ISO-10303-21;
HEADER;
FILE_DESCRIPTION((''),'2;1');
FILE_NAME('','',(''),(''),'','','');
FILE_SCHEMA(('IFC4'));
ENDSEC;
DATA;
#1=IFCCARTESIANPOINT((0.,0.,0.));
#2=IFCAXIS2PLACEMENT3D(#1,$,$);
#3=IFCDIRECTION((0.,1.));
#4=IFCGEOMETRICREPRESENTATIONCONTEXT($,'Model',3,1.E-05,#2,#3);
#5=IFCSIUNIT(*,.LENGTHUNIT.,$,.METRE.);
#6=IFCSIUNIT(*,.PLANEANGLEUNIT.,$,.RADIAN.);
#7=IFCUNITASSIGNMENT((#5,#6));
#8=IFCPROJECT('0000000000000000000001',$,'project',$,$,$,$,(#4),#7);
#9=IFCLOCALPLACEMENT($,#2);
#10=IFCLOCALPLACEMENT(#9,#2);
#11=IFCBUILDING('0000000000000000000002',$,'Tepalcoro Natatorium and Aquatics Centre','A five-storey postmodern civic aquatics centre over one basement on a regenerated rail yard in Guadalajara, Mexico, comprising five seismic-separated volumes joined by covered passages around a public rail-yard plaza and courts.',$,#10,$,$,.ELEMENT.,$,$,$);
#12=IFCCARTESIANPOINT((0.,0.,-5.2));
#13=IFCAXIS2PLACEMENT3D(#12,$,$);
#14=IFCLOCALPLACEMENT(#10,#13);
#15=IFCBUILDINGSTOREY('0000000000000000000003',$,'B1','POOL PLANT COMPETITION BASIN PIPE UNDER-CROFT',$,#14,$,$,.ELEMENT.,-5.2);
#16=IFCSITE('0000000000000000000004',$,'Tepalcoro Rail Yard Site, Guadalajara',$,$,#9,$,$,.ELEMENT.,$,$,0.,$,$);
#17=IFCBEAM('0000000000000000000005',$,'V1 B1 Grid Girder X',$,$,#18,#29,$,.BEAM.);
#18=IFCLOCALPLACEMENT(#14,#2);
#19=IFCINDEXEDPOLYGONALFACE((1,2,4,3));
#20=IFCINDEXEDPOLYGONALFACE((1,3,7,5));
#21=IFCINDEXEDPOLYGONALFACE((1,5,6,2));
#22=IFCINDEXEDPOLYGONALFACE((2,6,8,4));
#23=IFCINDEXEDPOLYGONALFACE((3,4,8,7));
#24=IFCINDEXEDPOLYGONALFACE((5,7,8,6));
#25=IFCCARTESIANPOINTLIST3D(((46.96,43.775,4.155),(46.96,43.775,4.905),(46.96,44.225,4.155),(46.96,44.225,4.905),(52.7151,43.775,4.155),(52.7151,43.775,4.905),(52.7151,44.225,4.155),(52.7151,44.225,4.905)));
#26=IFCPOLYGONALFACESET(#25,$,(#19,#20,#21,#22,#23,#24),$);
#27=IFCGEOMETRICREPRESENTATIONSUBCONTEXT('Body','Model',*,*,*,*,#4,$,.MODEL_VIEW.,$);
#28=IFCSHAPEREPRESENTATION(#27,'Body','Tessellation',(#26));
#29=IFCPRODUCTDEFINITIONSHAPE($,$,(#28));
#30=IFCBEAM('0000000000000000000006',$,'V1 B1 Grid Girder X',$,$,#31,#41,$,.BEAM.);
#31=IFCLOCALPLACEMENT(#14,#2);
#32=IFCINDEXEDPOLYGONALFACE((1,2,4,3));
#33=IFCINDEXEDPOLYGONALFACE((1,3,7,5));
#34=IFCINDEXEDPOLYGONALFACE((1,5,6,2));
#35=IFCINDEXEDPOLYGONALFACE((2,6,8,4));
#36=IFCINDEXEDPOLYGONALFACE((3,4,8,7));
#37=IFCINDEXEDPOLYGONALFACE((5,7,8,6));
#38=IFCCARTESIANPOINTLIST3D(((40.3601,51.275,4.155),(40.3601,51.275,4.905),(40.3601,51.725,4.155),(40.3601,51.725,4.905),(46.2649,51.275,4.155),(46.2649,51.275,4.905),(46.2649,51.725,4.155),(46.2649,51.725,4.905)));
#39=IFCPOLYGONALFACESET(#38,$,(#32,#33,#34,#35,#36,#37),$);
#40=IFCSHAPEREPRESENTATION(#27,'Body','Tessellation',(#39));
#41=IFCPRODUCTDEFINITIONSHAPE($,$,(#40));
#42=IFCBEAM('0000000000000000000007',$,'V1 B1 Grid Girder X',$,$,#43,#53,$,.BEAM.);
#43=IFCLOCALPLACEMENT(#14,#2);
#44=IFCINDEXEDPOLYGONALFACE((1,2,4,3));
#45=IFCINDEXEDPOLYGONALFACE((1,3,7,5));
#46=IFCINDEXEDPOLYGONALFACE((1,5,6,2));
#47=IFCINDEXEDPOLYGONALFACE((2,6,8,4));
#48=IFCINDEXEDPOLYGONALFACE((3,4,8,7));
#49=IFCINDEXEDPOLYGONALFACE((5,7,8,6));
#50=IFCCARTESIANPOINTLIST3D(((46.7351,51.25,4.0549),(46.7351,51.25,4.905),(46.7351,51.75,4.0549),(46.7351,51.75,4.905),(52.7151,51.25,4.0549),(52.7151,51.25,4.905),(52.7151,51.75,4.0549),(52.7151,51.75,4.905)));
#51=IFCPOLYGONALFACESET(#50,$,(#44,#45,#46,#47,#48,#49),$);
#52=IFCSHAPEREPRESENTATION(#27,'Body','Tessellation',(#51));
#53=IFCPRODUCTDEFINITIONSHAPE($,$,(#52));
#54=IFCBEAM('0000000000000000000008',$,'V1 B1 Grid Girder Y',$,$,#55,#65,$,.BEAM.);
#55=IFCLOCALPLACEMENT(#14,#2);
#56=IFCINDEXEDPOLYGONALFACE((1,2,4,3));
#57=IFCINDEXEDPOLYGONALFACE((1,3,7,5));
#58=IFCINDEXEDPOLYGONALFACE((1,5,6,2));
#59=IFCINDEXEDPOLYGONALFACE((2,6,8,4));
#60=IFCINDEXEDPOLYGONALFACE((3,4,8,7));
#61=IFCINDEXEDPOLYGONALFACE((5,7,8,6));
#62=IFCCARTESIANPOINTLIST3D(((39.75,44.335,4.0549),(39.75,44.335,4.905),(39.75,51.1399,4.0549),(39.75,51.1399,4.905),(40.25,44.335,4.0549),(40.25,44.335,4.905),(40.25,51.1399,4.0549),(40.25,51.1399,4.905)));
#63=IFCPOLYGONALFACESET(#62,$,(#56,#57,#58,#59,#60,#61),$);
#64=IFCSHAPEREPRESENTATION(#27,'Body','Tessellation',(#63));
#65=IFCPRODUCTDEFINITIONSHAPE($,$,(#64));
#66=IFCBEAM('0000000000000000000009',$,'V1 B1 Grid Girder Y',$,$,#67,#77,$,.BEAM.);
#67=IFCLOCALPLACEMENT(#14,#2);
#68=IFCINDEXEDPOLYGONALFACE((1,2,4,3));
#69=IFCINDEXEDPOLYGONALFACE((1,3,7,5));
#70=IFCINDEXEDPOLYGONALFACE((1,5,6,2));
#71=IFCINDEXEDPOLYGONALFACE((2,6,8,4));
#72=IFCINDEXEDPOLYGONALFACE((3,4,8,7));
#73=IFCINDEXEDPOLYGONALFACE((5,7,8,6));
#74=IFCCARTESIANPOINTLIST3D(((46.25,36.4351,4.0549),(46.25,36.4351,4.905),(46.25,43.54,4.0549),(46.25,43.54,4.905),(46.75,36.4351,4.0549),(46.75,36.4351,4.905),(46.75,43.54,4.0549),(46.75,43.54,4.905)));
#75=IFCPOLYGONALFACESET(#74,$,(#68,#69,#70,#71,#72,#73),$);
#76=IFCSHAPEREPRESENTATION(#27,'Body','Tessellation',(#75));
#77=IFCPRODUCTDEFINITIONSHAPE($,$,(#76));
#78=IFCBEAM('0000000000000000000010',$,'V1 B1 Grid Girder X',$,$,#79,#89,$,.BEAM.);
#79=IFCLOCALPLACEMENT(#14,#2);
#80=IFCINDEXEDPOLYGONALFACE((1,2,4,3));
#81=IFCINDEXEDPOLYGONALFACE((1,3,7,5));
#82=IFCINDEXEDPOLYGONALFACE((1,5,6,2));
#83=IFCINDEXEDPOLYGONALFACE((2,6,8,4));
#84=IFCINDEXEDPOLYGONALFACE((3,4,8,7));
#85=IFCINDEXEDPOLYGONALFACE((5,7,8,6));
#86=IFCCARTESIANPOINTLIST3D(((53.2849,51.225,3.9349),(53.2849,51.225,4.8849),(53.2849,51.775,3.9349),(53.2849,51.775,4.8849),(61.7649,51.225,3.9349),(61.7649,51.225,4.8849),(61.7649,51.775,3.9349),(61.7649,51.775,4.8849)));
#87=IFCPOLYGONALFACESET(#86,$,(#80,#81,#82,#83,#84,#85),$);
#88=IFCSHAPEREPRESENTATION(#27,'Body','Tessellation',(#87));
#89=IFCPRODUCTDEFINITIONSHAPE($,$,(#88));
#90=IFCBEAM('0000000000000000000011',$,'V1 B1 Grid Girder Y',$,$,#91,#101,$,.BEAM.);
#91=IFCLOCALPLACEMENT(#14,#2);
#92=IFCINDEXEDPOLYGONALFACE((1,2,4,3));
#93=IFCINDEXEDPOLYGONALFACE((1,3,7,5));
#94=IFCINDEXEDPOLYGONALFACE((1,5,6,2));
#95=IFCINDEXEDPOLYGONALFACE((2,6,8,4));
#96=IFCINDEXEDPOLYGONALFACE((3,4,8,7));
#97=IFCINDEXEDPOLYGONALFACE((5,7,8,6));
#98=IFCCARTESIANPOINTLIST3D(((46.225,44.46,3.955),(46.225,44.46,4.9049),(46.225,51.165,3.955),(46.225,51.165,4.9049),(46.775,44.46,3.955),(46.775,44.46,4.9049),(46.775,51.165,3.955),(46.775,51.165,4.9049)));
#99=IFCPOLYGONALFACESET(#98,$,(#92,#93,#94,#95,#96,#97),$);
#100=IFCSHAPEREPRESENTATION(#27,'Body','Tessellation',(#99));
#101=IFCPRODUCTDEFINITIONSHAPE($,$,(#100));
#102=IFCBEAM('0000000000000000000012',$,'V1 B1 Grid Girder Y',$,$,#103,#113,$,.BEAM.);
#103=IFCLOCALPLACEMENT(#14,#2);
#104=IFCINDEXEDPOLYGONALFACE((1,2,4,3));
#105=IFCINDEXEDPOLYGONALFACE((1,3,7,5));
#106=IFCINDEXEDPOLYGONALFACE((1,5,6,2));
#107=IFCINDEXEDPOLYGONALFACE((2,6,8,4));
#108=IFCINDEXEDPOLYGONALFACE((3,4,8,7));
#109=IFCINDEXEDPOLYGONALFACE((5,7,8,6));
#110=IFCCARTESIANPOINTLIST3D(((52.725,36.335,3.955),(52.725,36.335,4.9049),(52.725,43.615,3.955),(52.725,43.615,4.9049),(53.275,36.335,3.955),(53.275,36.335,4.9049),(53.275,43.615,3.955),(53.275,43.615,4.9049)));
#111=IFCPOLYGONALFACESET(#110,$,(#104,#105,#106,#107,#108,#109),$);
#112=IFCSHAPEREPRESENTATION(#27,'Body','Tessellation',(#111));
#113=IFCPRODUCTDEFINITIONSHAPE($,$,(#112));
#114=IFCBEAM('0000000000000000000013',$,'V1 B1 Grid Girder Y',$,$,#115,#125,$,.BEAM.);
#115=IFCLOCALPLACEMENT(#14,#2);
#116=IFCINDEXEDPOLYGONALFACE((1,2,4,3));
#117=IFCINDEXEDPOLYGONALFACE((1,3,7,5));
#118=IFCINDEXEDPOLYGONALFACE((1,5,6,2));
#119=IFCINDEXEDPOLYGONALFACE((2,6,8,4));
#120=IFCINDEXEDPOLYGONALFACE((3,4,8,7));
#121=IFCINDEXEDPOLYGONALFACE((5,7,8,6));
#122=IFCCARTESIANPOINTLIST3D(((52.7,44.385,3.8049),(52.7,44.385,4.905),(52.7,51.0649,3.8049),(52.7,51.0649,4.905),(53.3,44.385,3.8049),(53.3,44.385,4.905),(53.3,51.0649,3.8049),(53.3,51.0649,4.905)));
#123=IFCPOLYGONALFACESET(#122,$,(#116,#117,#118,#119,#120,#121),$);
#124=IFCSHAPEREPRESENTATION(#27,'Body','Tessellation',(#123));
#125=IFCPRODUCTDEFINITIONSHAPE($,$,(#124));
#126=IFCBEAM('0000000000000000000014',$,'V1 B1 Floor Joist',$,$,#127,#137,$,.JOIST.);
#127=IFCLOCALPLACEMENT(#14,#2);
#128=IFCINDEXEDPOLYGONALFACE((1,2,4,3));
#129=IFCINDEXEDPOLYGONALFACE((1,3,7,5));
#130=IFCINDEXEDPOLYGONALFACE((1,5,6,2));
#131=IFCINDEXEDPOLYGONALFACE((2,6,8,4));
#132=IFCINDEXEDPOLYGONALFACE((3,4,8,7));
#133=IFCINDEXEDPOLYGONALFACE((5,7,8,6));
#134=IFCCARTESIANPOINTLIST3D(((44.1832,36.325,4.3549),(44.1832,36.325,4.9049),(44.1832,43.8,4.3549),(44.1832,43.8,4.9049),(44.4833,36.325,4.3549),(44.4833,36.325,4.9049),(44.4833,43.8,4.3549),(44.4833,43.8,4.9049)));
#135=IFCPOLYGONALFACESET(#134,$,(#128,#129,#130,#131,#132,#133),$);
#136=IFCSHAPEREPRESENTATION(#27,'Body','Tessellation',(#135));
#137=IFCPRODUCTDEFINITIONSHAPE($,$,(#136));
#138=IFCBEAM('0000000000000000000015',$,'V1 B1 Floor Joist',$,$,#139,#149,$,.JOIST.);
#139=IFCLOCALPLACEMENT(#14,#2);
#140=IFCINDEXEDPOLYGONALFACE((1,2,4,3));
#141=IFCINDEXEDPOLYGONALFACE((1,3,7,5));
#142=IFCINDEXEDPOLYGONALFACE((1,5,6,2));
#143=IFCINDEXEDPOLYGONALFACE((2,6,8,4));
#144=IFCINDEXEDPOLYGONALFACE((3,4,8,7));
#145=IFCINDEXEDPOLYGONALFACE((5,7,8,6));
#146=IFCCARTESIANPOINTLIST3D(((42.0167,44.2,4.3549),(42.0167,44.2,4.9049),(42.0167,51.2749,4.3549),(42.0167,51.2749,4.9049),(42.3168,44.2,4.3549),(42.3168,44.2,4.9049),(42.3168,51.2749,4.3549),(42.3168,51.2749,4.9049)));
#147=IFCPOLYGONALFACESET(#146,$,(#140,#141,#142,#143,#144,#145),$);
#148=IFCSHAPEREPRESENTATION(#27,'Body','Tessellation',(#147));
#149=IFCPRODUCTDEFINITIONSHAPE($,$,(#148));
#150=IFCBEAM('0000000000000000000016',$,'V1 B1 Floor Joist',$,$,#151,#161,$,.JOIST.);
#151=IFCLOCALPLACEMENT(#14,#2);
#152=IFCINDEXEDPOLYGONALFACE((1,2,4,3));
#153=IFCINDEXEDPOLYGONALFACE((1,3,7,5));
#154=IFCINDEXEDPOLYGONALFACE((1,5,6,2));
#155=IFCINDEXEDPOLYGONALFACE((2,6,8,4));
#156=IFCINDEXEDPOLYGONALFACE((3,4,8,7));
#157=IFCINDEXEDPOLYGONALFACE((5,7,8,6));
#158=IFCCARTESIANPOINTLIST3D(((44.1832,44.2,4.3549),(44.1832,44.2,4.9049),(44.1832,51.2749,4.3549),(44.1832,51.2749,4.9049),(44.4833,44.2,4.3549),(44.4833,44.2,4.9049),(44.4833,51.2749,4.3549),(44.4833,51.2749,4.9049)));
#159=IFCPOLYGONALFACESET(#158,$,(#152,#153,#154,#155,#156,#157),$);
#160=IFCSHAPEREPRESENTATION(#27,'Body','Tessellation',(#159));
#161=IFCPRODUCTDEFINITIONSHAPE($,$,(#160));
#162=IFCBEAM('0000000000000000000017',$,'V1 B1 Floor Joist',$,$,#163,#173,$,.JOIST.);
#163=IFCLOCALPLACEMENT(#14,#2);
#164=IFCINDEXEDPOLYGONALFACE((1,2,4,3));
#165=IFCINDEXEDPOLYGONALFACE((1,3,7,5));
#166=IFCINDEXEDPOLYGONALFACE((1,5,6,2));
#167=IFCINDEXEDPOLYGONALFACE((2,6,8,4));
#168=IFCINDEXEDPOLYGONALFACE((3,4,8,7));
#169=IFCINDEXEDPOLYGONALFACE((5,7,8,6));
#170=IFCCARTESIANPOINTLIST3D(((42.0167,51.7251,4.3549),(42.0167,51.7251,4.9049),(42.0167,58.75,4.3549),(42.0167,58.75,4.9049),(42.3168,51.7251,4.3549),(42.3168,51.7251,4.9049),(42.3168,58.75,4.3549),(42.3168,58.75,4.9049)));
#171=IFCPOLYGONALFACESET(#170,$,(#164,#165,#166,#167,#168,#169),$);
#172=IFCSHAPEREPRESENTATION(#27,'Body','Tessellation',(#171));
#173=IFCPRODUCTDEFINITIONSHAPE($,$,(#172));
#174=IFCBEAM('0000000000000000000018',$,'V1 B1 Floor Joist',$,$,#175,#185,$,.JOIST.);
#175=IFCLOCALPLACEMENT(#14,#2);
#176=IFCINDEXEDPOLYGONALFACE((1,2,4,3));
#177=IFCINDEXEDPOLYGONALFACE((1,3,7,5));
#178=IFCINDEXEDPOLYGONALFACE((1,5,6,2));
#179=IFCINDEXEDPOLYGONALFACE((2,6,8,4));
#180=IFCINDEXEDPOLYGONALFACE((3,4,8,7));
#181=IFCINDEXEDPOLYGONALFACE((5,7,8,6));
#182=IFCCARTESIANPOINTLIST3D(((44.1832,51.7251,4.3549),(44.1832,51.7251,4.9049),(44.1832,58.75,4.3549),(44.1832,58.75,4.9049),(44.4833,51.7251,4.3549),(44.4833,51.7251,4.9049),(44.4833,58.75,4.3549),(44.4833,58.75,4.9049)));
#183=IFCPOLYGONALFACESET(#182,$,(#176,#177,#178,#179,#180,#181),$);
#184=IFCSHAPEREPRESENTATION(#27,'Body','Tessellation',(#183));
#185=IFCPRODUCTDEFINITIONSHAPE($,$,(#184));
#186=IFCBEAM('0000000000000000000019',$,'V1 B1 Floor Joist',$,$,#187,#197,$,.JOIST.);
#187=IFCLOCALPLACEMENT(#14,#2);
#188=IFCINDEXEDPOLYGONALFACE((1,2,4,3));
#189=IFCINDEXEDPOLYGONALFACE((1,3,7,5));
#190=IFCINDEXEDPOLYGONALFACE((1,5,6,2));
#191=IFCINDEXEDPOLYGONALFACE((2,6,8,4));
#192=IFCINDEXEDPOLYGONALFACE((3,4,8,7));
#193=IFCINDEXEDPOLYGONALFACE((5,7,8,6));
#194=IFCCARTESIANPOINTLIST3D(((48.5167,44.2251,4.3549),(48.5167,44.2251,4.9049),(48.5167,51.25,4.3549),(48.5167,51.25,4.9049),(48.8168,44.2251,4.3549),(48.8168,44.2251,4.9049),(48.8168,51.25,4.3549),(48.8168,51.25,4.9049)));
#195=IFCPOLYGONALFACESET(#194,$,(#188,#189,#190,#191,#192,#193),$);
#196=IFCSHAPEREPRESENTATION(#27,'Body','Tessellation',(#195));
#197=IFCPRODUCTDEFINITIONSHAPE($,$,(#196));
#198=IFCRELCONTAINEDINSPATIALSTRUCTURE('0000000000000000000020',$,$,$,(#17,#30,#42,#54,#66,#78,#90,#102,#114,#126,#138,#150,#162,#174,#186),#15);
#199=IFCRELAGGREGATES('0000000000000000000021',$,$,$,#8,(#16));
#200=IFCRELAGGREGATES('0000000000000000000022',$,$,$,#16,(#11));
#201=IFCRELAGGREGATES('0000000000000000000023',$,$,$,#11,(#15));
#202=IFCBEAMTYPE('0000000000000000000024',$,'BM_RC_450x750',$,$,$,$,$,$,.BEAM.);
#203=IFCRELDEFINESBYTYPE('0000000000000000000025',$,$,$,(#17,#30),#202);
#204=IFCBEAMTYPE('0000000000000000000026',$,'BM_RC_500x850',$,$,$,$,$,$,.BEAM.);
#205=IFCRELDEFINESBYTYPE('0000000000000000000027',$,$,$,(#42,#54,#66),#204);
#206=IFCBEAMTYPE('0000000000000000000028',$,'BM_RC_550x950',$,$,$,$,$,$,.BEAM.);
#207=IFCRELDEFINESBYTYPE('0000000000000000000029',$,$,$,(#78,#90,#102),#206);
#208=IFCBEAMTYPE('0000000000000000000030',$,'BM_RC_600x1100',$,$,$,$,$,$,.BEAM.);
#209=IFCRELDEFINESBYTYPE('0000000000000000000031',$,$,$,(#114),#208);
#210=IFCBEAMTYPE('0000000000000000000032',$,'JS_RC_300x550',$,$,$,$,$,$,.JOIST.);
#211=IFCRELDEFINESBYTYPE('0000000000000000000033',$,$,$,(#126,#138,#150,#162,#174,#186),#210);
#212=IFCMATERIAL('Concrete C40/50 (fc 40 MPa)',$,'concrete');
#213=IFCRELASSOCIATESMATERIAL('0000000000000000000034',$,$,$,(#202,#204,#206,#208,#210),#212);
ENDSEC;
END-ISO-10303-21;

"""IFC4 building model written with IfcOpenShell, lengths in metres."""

from ifc_helpers import new_model, si_unit, direction, frame, origin, origin_2d, place, context, subcontext, project, spatial, rectangle, extrude, material, material_profile, profile_set, type_object, element, save


model = new_model("IFC4")

# Units and contexts
model_context = context("Model", 3, precision=1e-05, world=origin(), true_north=direction((0.0, 1.0)))
body_context = subcontext(model_context, "Body", "Model", "MODEL_VIEW")
ifc_project = project(units=[si_unit("LENGTHUNIT", "METRE"), si_unit("PLANEANGLEUNIT", "RADIAN")], contexts=[model_context])

# Site, building, storey
site_placement = place(None, origin())
site = spatial("IfcSite", under=ifc_project, at=site_placement, Name="Tepalcoro Rail Yard Site, Guadalajara", CompositionType="ELEMENT", RefElevation=0.0)
building_placement = place(site_placement, origin())
building = spatial("IfcBuilding", under=site, at=building_placement, Name="Tepalcoro Natatorium and Aquatics Centre", Description="A five-storey postmodern civic aquatics centre over one basement on a regenerated rail yard in Guadalajara, Mexico, comprising five seismic-separated volumes joined by covered passages around a public rail-yard plaza and courts.", CompositionType="ELEMENT")
storey_placement = place(building_placement, frame((0.0, 0.0, -5.2)))
storey = spatial("IfcBuildingStorey", under=building, at=storey_placement, Name="B1", Description="POOL PLANT COMPETITION BASIN PIPE UNDER-CROFT", CompositionType="ELEMENT", Elevation=-5.2)

# Shared definitions
ifc_material = material(Name="Concrete C40/50 (fc 40 MPa)", Category="concrete")

# Beams
ifc_material_profile_1 = material_profile(ifc_material, rectangle(XDim=0.45, YDim=0.75, at=origin_2d()), Name="RCB450x750")
ifc_profile_set_1 = profile_set([ifc_material_profile_1], Name="Concrete C40/50 (fc 40 MPa)")
beam_type_1 = type_object("IfcBeamType", Name="BM_RC_450x750", PredefinedType="BEAM", material=ifc_profile_set_1)
beam_1_placement = place(storey_placement, frame((46.96, 44.0, 4.53), z_axis=(1.0, 0.0, 0.0), x_axis=(0.0, 1.0, 0.0)))
element("IfcBeam", 1, at=beam_1_placement, inside=storey, type_object=beam_type_1, Name="V1 B1 Grid Girder X", PredefinedType="BEAM", context=body_context, shape_type="SweptSolid", body=[
    extrude(rectangle(XDim=0.45, YDim=0.75, at=origin_2d()), origin(), (0.0, 0.0, 1.0), 5.7551),
])
beam_2_placement = place(storey_placement, frame((40.3601, 51.5, 4.53), z_axis=(1.0, 0.0, 0.0), x_axis=(0.0, 1.0, 0.0)))
element("IfcBeam", 2, at=beam_2_placement, inside=storey, type_object=beam_type_1, Name="V1 B1 Grid Girder X", PredefinedType="BEAM", context=body_context, shape_type="SweptSolid", body=[
    extrude(rectangle(XDim=0.45, YDim=0.75, at=origin_2d()), origin(), (0.0, 0.0, 1.0), 5.9048),
])
ifc_material_profile_2 = material_profile(ifc_material, rectangle(XDim=0.5, YDim=0.8501, at=origin_2d()), Name="RCB500x850")
ifc_profile_set_2 = profile_set([ifc_material_profile_2], Name="Concrete C40/50 (fc 40 MPa)")
beam_type_2 = type_object("IfcBeamType", Name="BM_RC_500x850", PredefinedType="BEAM", material=ifc_profile_set_2)
beam_3_placement = place(storey_placement, frame((46.7351, 51.5, 4.48), z_axis=(1.0, 0.0, 0.0), x_axis=(0.0, 1.0, 0.0)))
element("IfcBeam", 3, at=beam_3_placement, inside=storey, type_object=beam_type_2, Name="V1 B1 Grid Girder X", PredefinedType="BEAM", context=body_context, shape_type="SweptSolid", body=[
    extrude(rectangle(XDim=0.5, YDim=0.8501, at=origin_2d()), origin(), (0.0, 0.0, 1.0), 5.98),
])
beam_4_placement = place(storey_placement, frame((40.0, 44.335, 4.48), z_axis=(0.0, 1.0, 0.0), x_axis=(-1.0, 0.0, 0.0)))
element("IfcBeam", 4, at=beam_4_placement, inside=storey, type_object=beam_type_2, Name="V1 B1 Grid Girder Y", PredefinedType="BEAM", context=body_context, shape_type="SweptSolid", body=[
    extrude(rectangle(XDim=0.5, YDim=0.8501, at=origin_2d()), origin(), (0.0, 0.0, 1.0), 6.8049),
])
beam_5_placement = place(storey_placement, frame((46.5, 36.4351, 4.48), z_axis=(0.0, 1.0, 0.0), x_axis=(-1.0, 0.0, 0.0)))
element("IfcBeam", 5, at=beam_5_placement, inside=storey, type_object=beam_type_2, Name="V1 B1 Grid Girder Y", PredefinedType="BEAM", context=body_context, shape_type="SweptSolid", body=[
    extrude(rectangle(XDim=0.5, YDim=0.8501, at=origin_2d()), origin(), (0.0, 0.0, 1.0), 7.105),
])
ifc_material_profile_3 = material_profile(ifc_material, rectangle(XDim=0.55, YDim=0.95, at=origin_2d()), Name="RCB550x950")
ifc_profile_set_3 = profile_set([ifc_material_profile_3], Name="Concrete C40/50 (fc 40 MPa)")
beam_type_3 = type_object("IfcBeamType", Name="BM_RC_550x950", PredefinedType="BEAM", material=ifc_profile_set_3)
beam_6_placement = place(storey_placement, frame((53.2849, 51.5, 4.4099), z_axis=(1.0, 0.0, 0.0), x_axis=(0.0, 1.0, 0.0)))
element("IfcBeam", 6, at=beam_6_placement, inside=storey, type_object=beam_type_3, Name="V1 B1 Grid Girder X", PredefinedType="BEAM", context=body_context, shape_type="SweptSolid", body=[
    extrude(rectangle(XDim=0.55, YDim=0.95, at=origin_2d()), origin(), (0.0, 0.0, 1.0), 8.48),
])
beam_7_placement = place(storey_placement, frame((46.5, 44.46, 4.4299), z_axis=(0.0, 1.0, 0.0), x_axis=(-1.0, 0.0, 0.0)))
element("IfcBeam", 7, at=beam_7_placement, inside=storey, type_object=beam_type_3, Name="V1 B1 Grid Girder Y", PredefinedType="BEAM", context=body_context, shape_type="SweptSolid", body=[
    extrude(rectangle(XDim=0.55, YDim=0.95, at=origin_2d()), origin(), (0.0, 0.0, 1.0), 6.7051),
])
beam_8_placement = place(storey_placement, frame((53.0, 36.335, 4.4299), z_axis=(0.0, 1.0, 0.0), x_axis=(-1.0, 0.0, 0.0)))
element("IfcBeam", 8, at=beam_8_placement, inside=storey, type_object=beam_type_3, Name="V1 B1 Grid Girder Y", PredefinedType="BEAM", context=body_context, shape_type="SweptSolid", body=[
    extrude(rectangle(XDim=0.55, YDim=0.95, at=origin_2d()), origin(), (0.0, 0.0, 1.0), 7.28),
])
ifc_material_profile_4 = material_profile(ifc_material, rectangle(XDim=0.6001, YDim=1.1001, at=origin_2d()), Name="RCB600x1100")
ifc_profile_set_4 = profile_set([ifc_material_profile_4], Name="Concrete C40/50 (fc 40 MPa)")
beam_type_4 = type_object("IfcBeamType", Name="BM_RC_600x1100", PredefinedType="BEAM", material=ifc_profile_set_4)
beam_9_placement = place(storey_placement, frame((53.0, 44.385, 4.355), z_axis=(0.0, 1.0, 0.0), x_axis=(-1.0, 0.0, 0.0)))
element("IfcBeam", 9, at=beam_9_placement, inside=storey, type_object=beam_type_4, Name="V1 B1 Grid Girder Y", PredefinedType="BEAM", context=body_context, shape_type="SweptSolid", body=[
    extrude(rectangle(XDim=0.6001, YDim=1.1001, at=origin_2d()), origin(), (0.0, 0.0, 1.0), 6.6799),
])
ifc_material_profile_5 = material_profile(ifc_material, rectangle(XDim=0.3, YDim=0.55, at=origin_2d()), Name="RCJ300x550")
ifc_profile_set_5 = profile_set([ifc_material_profile_5], Name="Concrete C40/50 (fc 40 MPa)")
beam_type_5 = type_object("IfcBeamType", Name="JS_RC_300x550", PredefinedType="JOIST", material=ifc_profile_set_5)
beam_10_placement = place(storey_placement, frame((44.3333, 36.325, 4.6299), z_axis=(0.0, 1.0, 0.0), x_axis=(-1.0, 0.0, 0.0)))
element("IfcBeam", 10, at=beam_10_placement, inside=storey, type_object=beam_type_5, Name="V1 B1 Floor Joist", PredefinedType="JOIST", context=body_context, shape_type="SweptSolid", body=[
    extrude(rectangle(XDim=0.3, YDim=0.55, at=origin_2d()), origin(), (0.0, 0.0, 1.0), 7.4751),
])
for number, where, z_axis, x_axis, name in (
    (11, (42.1667, 44.2, 4.6299), (0.0, 1.0, 0.0), (-1.0, 0.0, 0.0), "V1 B1 Floor Joist"),
    (12, (44.3333, 44.2, 4.6299), (0.0, 1.0, 0.0), (-1.0, 0.0, 0.0), "V1 B1 Floor Joist"),
):
    element("IfcBeam", number, at=place(storey_placement, frame(where, z_axis=z_axis, x_axis=x_axis)), inside=storey, type_object=beam_type_5, Name=name, PredefinedType="JOIST", context=body_context, shape_type="SweptSolid", body=[
        extrude(rectangle(XDim=0.3, YDim=0.55, at=origin_2d()), origin(), (0.0, 0.0, 1.0), 7.075),
    ])
for number, where, z_axis, x_axis, name in (
    (13, (42.1667, 51.7251, 4.6299), (0.0, 1.0, 0.0), (-1.0, 0.0, 0.0), "V1 B1 Floor Joist"),
    (14, (44.3333, 51.7251, 4.6299), (0.0, 1.0, 0.0), (-1.0, 0.0, 0.0), "V1 B1 Floor Joist"),
    (15, (48.6667, 44.2251, 4.6299), (0.0, 1.0, 0.0), (-1.0, 0.0, 0.0), "V1 B1 Floor Joist"),
):
    element("IfcBeam", number, at=place(storey_placement, frame(where, z_axis=z_axis, x_axis=x_axis)), inside=storey, type_object=beam_type_5, Name=name, PredefinedType="JOIST", context=body_context, shape_type="SweptSolid", body=[
        extrude(rectangle(XDim=0.3, YDim=0.55, at=origin_2d()), origin(), (0.0, 0.0, 1.0), 7.0249),
    ])

save(model, "model.ifc")
